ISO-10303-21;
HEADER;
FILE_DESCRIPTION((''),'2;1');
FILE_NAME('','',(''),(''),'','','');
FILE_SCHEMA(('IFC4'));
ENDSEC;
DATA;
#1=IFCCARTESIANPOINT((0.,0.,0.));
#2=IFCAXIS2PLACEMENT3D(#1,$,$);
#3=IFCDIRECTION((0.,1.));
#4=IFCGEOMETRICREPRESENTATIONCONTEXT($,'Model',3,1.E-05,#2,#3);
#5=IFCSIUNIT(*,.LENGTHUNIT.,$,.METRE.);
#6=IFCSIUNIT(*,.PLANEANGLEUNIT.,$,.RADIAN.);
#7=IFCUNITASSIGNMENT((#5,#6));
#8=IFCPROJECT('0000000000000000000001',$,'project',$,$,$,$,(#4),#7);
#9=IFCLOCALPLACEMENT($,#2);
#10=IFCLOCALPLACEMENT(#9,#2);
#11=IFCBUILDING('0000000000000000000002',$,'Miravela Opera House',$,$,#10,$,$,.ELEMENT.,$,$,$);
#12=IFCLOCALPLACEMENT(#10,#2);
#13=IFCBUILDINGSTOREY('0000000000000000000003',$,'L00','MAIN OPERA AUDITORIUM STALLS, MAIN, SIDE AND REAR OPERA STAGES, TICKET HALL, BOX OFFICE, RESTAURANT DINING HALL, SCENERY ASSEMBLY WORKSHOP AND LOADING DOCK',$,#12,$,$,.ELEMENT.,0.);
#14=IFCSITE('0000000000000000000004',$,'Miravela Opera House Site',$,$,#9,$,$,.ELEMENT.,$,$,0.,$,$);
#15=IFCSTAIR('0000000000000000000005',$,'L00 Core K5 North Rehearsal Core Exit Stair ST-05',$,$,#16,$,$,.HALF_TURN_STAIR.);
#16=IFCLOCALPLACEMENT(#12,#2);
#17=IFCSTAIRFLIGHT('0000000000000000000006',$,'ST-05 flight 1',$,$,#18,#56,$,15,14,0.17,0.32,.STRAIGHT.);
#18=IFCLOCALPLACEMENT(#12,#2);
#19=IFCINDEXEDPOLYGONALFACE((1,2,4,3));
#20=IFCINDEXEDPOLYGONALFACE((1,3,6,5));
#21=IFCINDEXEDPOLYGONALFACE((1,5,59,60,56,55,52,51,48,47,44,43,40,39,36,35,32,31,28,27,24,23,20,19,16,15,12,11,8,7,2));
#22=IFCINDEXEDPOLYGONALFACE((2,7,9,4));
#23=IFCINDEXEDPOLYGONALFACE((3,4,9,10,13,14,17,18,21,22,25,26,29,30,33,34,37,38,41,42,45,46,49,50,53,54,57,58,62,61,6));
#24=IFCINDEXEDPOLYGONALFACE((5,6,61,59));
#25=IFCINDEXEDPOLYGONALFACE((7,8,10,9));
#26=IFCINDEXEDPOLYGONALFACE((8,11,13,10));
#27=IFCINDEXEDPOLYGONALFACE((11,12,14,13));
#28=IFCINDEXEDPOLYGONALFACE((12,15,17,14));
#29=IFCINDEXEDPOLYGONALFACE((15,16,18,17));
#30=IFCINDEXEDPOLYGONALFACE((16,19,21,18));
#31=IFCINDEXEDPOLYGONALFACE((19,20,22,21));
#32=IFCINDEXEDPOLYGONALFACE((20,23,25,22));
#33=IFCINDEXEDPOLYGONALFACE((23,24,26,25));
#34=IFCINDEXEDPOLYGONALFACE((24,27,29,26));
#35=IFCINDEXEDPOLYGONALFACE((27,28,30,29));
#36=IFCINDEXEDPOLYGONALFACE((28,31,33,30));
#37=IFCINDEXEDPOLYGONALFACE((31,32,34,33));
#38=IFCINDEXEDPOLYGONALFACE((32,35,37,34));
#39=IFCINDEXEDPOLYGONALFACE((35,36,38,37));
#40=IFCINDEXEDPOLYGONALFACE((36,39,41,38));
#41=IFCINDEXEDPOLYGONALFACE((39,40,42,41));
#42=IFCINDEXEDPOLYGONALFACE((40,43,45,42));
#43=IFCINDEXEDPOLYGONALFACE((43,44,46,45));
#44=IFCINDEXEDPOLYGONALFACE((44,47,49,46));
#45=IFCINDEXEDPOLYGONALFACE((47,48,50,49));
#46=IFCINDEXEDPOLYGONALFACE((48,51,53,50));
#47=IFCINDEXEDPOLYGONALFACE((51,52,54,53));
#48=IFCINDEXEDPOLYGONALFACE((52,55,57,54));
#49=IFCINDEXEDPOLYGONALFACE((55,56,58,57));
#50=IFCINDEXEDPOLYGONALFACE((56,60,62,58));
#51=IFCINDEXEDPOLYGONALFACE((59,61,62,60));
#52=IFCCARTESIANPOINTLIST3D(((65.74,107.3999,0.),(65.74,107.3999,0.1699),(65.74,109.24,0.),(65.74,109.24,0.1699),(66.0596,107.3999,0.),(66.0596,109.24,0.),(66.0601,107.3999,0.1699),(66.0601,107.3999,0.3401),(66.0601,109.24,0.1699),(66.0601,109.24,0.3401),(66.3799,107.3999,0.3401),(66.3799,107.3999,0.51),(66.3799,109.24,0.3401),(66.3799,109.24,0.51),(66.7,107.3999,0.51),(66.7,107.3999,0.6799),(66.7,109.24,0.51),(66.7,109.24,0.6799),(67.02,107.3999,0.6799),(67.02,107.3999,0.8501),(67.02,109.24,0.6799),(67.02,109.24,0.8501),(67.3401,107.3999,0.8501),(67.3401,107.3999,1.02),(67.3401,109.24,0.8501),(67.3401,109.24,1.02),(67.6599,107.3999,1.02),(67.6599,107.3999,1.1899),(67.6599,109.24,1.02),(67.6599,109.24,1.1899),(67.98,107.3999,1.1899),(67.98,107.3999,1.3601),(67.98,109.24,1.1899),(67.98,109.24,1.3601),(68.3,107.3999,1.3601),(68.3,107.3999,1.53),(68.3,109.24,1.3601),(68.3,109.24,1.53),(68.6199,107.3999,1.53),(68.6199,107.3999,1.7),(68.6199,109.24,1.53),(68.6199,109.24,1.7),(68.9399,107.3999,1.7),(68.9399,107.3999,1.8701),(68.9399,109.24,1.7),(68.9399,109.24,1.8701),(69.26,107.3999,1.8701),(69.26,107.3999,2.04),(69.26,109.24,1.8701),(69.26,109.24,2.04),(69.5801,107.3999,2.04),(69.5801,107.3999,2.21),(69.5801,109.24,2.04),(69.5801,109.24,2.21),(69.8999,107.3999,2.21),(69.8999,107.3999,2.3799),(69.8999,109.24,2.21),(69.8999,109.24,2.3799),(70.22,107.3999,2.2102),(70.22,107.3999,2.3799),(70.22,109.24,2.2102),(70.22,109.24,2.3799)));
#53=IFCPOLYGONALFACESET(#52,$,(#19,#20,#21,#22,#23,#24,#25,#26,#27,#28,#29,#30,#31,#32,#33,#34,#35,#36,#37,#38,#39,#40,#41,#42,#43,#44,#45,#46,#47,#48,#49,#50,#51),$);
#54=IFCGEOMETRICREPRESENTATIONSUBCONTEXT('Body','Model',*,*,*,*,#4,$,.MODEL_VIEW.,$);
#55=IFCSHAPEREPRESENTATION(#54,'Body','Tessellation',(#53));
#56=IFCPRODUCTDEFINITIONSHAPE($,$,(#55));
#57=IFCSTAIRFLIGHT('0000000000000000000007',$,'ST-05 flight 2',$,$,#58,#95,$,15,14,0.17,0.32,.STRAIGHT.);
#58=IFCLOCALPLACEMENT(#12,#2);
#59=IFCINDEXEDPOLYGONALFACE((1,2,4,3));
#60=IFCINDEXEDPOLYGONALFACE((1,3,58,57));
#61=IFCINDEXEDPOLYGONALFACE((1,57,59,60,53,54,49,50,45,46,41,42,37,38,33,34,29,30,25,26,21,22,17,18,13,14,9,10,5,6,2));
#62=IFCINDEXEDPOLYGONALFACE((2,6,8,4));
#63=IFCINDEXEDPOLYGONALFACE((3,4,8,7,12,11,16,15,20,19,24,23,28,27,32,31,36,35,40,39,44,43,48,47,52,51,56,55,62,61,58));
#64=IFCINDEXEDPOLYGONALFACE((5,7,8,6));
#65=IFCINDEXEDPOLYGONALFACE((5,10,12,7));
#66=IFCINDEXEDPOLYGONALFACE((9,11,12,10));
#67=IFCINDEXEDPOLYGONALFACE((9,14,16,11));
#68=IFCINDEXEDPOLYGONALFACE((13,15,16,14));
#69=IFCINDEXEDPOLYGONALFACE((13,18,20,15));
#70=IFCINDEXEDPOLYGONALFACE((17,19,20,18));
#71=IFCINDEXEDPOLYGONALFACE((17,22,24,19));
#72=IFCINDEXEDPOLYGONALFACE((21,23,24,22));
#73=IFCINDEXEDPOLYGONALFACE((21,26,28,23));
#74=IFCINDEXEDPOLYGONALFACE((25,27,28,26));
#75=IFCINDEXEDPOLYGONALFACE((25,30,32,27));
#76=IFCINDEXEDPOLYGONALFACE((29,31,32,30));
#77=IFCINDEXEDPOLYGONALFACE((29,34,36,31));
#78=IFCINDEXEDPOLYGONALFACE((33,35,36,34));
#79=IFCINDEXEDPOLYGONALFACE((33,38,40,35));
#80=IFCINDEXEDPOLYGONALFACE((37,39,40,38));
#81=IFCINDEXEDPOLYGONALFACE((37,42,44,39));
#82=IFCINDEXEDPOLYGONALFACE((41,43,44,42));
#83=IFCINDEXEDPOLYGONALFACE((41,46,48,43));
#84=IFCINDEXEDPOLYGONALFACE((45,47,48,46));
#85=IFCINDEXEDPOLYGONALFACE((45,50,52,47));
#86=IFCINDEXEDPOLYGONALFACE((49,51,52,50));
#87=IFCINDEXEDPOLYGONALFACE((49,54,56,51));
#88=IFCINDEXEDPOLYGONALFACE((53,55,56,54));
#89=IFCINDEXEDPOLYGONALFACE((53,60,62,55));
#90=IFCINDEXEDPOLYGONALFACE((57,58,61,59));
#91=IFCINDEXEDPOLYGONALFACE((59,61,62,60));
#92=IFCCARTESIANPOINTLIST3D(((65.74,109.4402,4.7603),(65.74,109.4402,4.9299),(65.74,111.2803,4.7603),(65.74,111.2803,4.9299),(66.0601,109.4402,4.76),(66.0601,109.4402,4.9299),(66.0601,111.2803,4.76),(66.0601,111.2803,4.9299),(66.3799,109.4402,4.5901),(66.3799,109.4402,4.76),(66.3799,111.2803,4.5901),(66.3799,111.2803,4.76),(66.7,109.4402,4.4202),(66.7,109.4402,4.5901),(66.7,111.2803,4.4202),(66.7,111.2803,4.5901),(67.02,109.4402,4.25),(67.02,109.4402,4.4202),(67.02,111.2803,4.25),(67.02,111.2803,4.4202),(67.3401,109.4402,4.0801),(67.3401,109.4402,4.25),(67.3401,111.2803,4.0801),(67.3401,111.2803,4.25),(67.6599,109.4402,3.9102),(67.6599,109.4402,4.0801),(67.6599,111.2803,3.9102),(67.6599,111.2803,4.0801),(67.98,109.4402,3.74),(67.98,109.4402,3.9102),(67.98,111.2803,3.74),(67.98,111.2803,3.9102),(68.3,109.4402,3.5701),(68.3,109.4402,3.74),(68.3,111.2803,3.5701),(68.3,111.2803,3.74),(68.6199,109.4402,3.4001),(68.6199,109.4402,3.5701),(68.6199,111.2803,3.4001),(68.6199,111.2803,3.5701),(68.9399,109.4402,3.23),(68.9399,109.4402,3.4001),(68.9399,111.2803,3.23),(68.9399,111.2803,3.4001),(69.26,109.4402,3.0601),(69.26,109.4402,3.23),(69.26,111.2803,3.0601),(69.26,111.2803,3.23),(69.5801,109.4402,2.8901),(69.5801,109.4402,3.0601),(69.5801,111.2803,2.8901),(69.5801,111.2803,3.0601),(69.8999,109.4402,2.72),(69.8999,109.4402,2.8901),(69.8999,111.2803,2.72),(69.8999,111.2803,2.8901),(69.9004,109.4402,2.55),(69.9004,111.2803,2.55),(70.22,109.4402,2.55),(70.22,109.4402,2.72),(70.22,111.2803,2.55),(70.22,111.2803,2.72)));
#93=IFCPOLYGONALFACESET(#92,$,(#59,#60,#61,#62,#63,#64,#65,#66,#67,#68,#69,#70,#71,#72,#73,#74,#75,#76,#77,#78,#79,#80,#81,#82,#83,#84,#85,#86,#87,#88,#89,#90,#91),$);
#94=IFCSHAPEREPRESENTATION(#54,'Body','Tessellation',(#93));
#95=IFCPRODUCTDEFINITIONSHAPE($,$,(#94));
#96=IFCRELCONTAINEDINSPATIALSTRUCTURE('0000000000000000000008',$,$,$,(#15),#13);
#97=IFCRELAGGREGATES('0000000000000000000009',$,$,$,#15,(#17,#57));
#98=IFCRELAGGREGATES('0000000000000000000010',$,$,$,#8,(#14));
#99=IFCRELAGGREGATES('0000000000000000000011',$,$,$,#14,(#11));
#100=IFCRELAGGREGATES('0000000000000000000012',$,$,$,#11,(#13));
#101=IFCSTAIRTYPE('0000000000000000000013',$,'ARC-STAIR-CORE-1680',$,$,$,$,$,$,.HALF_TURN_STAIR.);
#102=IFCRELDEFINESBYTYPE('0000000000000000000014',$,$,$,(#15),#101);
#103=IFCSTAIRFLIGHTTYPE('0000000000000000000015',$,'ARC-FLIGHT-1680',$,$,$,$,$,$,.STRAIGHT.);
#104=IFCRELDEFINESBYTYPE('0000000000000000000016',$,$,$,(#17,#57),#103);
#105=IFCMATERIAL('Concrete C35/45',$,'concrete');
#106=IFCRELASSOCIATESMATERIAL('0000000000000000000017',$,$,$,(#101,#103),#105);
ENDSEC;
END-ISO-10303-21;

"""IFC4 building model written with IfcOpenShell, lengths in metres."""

from ifc_helpers import new_model, si_unit, direction, frame, origin, place, context, subcontext, project, spatial, polyline, outline, extrude, material, type_object, element, aggregate, save


model = new_model("IFC4")

# Units and contexts
model_context = context("Model", 3, precision=1e-05, world=origin(), true_north=direction((0.0, 1.0)))
body_context = subcontext(model_context, "Body", "Model", "MODEL_VIEW")
ifc_project = project(units=[si_unit("LENGTHUNIT", "METRE"), si_unit("PLANEANGLEUNIT", "RADIAN")], contexts=[model_context])

# Site, building, storey
site_placement = place(None, origin())
site = spatial("IfcSite", under=ifc_project, at=site_placement, Name="Miravela Opera House Site", CompositionType="ELEMENT", RefElevation=0.0)
building_placement = place(site_placement, origin())
building = spatial("IfcBuilding", under=site, at=building_placement, Name="Miravela Opera House", CompositionType="ELEMENT")
storey_placement = place(building_placement, origin())
storey = spatial("IfcBuildingStorey", under=building, at=storey_placement, Name="L00", Description="MAIN OPERA AUDITORIUM STALLS, MAIN, SIDE AND REAR OPERA STAGES, TICKET HALL, BOX OFFICE, RESTAURANT DINING HALL, SCENERY ASSEMBLY WORKSHOP AND LOADING DOCK", CompositionType="ELEMENT", Elevation=0.0)

# Shared definitions
ifc_material_1 = material(Name="Concrete C35/45", Category="concrete")

# Stair, stair flights
stair_type = type_object("IfcStairType", Name="ARC-STAIR-CORE-1680", PredefinedType="HALF_TURN_STAIR", material=ifc_material_1)
stair_placement = place(storey_placement, origin())
stair = element("IfcStair", 1, at=stair_placement, inside=storey, type_object=stair_type, Name="L00 Core K5 North Rehearsal Core Exit Stair ST-05", PredefinedType="HALF_TURN_STAIR")
stair_flight_type = type_object("IfcStairFlightType", Name="ARC-FLIGHT-1680", PredefinedType="STRAIGHT", material=ifc_material_1)
stair_flight_1_placement = place(storey_placement, frame((65.74, 108.3201, 0.0), z_axis=(0.0, 0.0, 1.0), x_axis=(1.0, 0.0, 0.0)))
stair_flight_1 = element("IfcStairFlight", 2, at=stair_flight_1_placement, type_object=stair_flight_type, Name="ST-05 flight 1", NumberOfRisers=15, NumberOfTreads=14, PredefinedType="STRAIGHT", RiserHeight=0.17, TreadLength=0.32, context=body_context, shape_type="SweptSolid", body=[
    extrude(outline(polyline([(0.0, 0.0), (0.0, 0.1699), (0.3201, 0.1699), (0.3201, 0.3401), (0.6399, 0.3401), (0.6399, 0.51), (0.96, 0.51), (0.96, 0.6799), (1.28, 0.6799), (1.28, 0.8501), (1.6001, 0.8501), (1.6001, 1.02), (1.9199, 1.02), (1.9199, 1.1899), (2.24, 1.1899), (2.24, 1.3601), (2.5601, 1.3601), (2.5601, 1.53), (2.8799, 1.53), (2.8799, 1.7), (3.2, 1.7), (3.2, 1.8701), (3.52, 1.8701), (3.52, 2.04), (3.8401, 2.04), (3.8401, 2.21), (4.1599, 2.21), (4.1599, 2.3799), (4.48, 2.3799), (4.48, 2.55), (4.48, 2.2102), (0.3196, 0.0), (0.0, 0.0)])), frame((0.0, 0.9199, 0.0), z_axis=(0.0, -1.0, 0.0), x_axis=(1.0, 0.0, 0.0)), (0.0, 0.0, 1.0), 1.8401),
])
stair_flight_2_placement = place(storey_placement, frame((70.22, 110.3601, 2.55), z_axis=(0.0, 0.0, 1.0), x_axis=(-1.0, 0.0, 0.0)))
stair_flight_2 = element("IfcStairFlight", 3, at=stair_flight_2_placement, type_object=stair_flight_type, Name="ST-05 flight 2", NumberOfRisers=15, NumberOfTreads=14, PredefinedType="STRAIGHT", RiserHeight=0.17, TreadLength=0.32, context=body_context, shape_type="SweptSolid", body=[
    extrude(outline(polyline([(0.0, 0.0), (0.0, 0.1699), (0.3201, 0.1699), (0.3201, 0.3401), (0.6399, 0.3401), (0.6399, 0.51), (0.96, 0.51), (0.96, 0.6799), (1.28, 0.6799), (1.28, 0.8501), (1.6001, 0.8501), (1.6001, 1.02), (1.9199, 1.02), (1.9199, 1.1899), (2.24, 1.1899), (2.24, 1.3601), (2.5601, 1.3601), (2.5601, 1.53), (2.8799, 1.53), (2.8799, 1.7), (3.2, 1.7), (3.2, 1.8701), (3.52, 1.8701), (3.52, 2.04), (3.8401, 2.04), (3.8401, 2.21), (4.1599, 2.21), (4.1599, 2.3799), (4.48, 2.3799), (4.48, 2.55), (4.48, 2.2102), (0.3196, 0.0), (0.0, 0.0)])), frame((0.0, 0.9199, 0.0), z_axis=(0.0, -1.0, 0.0), x_axis=(1.0, 0.0, 0.0)), (0.0, 0.0, 1.0), 1.8401),
])
aggregate(stair, [stair_flight_1, stair_flight_2])

save(model, "model.ifc")
